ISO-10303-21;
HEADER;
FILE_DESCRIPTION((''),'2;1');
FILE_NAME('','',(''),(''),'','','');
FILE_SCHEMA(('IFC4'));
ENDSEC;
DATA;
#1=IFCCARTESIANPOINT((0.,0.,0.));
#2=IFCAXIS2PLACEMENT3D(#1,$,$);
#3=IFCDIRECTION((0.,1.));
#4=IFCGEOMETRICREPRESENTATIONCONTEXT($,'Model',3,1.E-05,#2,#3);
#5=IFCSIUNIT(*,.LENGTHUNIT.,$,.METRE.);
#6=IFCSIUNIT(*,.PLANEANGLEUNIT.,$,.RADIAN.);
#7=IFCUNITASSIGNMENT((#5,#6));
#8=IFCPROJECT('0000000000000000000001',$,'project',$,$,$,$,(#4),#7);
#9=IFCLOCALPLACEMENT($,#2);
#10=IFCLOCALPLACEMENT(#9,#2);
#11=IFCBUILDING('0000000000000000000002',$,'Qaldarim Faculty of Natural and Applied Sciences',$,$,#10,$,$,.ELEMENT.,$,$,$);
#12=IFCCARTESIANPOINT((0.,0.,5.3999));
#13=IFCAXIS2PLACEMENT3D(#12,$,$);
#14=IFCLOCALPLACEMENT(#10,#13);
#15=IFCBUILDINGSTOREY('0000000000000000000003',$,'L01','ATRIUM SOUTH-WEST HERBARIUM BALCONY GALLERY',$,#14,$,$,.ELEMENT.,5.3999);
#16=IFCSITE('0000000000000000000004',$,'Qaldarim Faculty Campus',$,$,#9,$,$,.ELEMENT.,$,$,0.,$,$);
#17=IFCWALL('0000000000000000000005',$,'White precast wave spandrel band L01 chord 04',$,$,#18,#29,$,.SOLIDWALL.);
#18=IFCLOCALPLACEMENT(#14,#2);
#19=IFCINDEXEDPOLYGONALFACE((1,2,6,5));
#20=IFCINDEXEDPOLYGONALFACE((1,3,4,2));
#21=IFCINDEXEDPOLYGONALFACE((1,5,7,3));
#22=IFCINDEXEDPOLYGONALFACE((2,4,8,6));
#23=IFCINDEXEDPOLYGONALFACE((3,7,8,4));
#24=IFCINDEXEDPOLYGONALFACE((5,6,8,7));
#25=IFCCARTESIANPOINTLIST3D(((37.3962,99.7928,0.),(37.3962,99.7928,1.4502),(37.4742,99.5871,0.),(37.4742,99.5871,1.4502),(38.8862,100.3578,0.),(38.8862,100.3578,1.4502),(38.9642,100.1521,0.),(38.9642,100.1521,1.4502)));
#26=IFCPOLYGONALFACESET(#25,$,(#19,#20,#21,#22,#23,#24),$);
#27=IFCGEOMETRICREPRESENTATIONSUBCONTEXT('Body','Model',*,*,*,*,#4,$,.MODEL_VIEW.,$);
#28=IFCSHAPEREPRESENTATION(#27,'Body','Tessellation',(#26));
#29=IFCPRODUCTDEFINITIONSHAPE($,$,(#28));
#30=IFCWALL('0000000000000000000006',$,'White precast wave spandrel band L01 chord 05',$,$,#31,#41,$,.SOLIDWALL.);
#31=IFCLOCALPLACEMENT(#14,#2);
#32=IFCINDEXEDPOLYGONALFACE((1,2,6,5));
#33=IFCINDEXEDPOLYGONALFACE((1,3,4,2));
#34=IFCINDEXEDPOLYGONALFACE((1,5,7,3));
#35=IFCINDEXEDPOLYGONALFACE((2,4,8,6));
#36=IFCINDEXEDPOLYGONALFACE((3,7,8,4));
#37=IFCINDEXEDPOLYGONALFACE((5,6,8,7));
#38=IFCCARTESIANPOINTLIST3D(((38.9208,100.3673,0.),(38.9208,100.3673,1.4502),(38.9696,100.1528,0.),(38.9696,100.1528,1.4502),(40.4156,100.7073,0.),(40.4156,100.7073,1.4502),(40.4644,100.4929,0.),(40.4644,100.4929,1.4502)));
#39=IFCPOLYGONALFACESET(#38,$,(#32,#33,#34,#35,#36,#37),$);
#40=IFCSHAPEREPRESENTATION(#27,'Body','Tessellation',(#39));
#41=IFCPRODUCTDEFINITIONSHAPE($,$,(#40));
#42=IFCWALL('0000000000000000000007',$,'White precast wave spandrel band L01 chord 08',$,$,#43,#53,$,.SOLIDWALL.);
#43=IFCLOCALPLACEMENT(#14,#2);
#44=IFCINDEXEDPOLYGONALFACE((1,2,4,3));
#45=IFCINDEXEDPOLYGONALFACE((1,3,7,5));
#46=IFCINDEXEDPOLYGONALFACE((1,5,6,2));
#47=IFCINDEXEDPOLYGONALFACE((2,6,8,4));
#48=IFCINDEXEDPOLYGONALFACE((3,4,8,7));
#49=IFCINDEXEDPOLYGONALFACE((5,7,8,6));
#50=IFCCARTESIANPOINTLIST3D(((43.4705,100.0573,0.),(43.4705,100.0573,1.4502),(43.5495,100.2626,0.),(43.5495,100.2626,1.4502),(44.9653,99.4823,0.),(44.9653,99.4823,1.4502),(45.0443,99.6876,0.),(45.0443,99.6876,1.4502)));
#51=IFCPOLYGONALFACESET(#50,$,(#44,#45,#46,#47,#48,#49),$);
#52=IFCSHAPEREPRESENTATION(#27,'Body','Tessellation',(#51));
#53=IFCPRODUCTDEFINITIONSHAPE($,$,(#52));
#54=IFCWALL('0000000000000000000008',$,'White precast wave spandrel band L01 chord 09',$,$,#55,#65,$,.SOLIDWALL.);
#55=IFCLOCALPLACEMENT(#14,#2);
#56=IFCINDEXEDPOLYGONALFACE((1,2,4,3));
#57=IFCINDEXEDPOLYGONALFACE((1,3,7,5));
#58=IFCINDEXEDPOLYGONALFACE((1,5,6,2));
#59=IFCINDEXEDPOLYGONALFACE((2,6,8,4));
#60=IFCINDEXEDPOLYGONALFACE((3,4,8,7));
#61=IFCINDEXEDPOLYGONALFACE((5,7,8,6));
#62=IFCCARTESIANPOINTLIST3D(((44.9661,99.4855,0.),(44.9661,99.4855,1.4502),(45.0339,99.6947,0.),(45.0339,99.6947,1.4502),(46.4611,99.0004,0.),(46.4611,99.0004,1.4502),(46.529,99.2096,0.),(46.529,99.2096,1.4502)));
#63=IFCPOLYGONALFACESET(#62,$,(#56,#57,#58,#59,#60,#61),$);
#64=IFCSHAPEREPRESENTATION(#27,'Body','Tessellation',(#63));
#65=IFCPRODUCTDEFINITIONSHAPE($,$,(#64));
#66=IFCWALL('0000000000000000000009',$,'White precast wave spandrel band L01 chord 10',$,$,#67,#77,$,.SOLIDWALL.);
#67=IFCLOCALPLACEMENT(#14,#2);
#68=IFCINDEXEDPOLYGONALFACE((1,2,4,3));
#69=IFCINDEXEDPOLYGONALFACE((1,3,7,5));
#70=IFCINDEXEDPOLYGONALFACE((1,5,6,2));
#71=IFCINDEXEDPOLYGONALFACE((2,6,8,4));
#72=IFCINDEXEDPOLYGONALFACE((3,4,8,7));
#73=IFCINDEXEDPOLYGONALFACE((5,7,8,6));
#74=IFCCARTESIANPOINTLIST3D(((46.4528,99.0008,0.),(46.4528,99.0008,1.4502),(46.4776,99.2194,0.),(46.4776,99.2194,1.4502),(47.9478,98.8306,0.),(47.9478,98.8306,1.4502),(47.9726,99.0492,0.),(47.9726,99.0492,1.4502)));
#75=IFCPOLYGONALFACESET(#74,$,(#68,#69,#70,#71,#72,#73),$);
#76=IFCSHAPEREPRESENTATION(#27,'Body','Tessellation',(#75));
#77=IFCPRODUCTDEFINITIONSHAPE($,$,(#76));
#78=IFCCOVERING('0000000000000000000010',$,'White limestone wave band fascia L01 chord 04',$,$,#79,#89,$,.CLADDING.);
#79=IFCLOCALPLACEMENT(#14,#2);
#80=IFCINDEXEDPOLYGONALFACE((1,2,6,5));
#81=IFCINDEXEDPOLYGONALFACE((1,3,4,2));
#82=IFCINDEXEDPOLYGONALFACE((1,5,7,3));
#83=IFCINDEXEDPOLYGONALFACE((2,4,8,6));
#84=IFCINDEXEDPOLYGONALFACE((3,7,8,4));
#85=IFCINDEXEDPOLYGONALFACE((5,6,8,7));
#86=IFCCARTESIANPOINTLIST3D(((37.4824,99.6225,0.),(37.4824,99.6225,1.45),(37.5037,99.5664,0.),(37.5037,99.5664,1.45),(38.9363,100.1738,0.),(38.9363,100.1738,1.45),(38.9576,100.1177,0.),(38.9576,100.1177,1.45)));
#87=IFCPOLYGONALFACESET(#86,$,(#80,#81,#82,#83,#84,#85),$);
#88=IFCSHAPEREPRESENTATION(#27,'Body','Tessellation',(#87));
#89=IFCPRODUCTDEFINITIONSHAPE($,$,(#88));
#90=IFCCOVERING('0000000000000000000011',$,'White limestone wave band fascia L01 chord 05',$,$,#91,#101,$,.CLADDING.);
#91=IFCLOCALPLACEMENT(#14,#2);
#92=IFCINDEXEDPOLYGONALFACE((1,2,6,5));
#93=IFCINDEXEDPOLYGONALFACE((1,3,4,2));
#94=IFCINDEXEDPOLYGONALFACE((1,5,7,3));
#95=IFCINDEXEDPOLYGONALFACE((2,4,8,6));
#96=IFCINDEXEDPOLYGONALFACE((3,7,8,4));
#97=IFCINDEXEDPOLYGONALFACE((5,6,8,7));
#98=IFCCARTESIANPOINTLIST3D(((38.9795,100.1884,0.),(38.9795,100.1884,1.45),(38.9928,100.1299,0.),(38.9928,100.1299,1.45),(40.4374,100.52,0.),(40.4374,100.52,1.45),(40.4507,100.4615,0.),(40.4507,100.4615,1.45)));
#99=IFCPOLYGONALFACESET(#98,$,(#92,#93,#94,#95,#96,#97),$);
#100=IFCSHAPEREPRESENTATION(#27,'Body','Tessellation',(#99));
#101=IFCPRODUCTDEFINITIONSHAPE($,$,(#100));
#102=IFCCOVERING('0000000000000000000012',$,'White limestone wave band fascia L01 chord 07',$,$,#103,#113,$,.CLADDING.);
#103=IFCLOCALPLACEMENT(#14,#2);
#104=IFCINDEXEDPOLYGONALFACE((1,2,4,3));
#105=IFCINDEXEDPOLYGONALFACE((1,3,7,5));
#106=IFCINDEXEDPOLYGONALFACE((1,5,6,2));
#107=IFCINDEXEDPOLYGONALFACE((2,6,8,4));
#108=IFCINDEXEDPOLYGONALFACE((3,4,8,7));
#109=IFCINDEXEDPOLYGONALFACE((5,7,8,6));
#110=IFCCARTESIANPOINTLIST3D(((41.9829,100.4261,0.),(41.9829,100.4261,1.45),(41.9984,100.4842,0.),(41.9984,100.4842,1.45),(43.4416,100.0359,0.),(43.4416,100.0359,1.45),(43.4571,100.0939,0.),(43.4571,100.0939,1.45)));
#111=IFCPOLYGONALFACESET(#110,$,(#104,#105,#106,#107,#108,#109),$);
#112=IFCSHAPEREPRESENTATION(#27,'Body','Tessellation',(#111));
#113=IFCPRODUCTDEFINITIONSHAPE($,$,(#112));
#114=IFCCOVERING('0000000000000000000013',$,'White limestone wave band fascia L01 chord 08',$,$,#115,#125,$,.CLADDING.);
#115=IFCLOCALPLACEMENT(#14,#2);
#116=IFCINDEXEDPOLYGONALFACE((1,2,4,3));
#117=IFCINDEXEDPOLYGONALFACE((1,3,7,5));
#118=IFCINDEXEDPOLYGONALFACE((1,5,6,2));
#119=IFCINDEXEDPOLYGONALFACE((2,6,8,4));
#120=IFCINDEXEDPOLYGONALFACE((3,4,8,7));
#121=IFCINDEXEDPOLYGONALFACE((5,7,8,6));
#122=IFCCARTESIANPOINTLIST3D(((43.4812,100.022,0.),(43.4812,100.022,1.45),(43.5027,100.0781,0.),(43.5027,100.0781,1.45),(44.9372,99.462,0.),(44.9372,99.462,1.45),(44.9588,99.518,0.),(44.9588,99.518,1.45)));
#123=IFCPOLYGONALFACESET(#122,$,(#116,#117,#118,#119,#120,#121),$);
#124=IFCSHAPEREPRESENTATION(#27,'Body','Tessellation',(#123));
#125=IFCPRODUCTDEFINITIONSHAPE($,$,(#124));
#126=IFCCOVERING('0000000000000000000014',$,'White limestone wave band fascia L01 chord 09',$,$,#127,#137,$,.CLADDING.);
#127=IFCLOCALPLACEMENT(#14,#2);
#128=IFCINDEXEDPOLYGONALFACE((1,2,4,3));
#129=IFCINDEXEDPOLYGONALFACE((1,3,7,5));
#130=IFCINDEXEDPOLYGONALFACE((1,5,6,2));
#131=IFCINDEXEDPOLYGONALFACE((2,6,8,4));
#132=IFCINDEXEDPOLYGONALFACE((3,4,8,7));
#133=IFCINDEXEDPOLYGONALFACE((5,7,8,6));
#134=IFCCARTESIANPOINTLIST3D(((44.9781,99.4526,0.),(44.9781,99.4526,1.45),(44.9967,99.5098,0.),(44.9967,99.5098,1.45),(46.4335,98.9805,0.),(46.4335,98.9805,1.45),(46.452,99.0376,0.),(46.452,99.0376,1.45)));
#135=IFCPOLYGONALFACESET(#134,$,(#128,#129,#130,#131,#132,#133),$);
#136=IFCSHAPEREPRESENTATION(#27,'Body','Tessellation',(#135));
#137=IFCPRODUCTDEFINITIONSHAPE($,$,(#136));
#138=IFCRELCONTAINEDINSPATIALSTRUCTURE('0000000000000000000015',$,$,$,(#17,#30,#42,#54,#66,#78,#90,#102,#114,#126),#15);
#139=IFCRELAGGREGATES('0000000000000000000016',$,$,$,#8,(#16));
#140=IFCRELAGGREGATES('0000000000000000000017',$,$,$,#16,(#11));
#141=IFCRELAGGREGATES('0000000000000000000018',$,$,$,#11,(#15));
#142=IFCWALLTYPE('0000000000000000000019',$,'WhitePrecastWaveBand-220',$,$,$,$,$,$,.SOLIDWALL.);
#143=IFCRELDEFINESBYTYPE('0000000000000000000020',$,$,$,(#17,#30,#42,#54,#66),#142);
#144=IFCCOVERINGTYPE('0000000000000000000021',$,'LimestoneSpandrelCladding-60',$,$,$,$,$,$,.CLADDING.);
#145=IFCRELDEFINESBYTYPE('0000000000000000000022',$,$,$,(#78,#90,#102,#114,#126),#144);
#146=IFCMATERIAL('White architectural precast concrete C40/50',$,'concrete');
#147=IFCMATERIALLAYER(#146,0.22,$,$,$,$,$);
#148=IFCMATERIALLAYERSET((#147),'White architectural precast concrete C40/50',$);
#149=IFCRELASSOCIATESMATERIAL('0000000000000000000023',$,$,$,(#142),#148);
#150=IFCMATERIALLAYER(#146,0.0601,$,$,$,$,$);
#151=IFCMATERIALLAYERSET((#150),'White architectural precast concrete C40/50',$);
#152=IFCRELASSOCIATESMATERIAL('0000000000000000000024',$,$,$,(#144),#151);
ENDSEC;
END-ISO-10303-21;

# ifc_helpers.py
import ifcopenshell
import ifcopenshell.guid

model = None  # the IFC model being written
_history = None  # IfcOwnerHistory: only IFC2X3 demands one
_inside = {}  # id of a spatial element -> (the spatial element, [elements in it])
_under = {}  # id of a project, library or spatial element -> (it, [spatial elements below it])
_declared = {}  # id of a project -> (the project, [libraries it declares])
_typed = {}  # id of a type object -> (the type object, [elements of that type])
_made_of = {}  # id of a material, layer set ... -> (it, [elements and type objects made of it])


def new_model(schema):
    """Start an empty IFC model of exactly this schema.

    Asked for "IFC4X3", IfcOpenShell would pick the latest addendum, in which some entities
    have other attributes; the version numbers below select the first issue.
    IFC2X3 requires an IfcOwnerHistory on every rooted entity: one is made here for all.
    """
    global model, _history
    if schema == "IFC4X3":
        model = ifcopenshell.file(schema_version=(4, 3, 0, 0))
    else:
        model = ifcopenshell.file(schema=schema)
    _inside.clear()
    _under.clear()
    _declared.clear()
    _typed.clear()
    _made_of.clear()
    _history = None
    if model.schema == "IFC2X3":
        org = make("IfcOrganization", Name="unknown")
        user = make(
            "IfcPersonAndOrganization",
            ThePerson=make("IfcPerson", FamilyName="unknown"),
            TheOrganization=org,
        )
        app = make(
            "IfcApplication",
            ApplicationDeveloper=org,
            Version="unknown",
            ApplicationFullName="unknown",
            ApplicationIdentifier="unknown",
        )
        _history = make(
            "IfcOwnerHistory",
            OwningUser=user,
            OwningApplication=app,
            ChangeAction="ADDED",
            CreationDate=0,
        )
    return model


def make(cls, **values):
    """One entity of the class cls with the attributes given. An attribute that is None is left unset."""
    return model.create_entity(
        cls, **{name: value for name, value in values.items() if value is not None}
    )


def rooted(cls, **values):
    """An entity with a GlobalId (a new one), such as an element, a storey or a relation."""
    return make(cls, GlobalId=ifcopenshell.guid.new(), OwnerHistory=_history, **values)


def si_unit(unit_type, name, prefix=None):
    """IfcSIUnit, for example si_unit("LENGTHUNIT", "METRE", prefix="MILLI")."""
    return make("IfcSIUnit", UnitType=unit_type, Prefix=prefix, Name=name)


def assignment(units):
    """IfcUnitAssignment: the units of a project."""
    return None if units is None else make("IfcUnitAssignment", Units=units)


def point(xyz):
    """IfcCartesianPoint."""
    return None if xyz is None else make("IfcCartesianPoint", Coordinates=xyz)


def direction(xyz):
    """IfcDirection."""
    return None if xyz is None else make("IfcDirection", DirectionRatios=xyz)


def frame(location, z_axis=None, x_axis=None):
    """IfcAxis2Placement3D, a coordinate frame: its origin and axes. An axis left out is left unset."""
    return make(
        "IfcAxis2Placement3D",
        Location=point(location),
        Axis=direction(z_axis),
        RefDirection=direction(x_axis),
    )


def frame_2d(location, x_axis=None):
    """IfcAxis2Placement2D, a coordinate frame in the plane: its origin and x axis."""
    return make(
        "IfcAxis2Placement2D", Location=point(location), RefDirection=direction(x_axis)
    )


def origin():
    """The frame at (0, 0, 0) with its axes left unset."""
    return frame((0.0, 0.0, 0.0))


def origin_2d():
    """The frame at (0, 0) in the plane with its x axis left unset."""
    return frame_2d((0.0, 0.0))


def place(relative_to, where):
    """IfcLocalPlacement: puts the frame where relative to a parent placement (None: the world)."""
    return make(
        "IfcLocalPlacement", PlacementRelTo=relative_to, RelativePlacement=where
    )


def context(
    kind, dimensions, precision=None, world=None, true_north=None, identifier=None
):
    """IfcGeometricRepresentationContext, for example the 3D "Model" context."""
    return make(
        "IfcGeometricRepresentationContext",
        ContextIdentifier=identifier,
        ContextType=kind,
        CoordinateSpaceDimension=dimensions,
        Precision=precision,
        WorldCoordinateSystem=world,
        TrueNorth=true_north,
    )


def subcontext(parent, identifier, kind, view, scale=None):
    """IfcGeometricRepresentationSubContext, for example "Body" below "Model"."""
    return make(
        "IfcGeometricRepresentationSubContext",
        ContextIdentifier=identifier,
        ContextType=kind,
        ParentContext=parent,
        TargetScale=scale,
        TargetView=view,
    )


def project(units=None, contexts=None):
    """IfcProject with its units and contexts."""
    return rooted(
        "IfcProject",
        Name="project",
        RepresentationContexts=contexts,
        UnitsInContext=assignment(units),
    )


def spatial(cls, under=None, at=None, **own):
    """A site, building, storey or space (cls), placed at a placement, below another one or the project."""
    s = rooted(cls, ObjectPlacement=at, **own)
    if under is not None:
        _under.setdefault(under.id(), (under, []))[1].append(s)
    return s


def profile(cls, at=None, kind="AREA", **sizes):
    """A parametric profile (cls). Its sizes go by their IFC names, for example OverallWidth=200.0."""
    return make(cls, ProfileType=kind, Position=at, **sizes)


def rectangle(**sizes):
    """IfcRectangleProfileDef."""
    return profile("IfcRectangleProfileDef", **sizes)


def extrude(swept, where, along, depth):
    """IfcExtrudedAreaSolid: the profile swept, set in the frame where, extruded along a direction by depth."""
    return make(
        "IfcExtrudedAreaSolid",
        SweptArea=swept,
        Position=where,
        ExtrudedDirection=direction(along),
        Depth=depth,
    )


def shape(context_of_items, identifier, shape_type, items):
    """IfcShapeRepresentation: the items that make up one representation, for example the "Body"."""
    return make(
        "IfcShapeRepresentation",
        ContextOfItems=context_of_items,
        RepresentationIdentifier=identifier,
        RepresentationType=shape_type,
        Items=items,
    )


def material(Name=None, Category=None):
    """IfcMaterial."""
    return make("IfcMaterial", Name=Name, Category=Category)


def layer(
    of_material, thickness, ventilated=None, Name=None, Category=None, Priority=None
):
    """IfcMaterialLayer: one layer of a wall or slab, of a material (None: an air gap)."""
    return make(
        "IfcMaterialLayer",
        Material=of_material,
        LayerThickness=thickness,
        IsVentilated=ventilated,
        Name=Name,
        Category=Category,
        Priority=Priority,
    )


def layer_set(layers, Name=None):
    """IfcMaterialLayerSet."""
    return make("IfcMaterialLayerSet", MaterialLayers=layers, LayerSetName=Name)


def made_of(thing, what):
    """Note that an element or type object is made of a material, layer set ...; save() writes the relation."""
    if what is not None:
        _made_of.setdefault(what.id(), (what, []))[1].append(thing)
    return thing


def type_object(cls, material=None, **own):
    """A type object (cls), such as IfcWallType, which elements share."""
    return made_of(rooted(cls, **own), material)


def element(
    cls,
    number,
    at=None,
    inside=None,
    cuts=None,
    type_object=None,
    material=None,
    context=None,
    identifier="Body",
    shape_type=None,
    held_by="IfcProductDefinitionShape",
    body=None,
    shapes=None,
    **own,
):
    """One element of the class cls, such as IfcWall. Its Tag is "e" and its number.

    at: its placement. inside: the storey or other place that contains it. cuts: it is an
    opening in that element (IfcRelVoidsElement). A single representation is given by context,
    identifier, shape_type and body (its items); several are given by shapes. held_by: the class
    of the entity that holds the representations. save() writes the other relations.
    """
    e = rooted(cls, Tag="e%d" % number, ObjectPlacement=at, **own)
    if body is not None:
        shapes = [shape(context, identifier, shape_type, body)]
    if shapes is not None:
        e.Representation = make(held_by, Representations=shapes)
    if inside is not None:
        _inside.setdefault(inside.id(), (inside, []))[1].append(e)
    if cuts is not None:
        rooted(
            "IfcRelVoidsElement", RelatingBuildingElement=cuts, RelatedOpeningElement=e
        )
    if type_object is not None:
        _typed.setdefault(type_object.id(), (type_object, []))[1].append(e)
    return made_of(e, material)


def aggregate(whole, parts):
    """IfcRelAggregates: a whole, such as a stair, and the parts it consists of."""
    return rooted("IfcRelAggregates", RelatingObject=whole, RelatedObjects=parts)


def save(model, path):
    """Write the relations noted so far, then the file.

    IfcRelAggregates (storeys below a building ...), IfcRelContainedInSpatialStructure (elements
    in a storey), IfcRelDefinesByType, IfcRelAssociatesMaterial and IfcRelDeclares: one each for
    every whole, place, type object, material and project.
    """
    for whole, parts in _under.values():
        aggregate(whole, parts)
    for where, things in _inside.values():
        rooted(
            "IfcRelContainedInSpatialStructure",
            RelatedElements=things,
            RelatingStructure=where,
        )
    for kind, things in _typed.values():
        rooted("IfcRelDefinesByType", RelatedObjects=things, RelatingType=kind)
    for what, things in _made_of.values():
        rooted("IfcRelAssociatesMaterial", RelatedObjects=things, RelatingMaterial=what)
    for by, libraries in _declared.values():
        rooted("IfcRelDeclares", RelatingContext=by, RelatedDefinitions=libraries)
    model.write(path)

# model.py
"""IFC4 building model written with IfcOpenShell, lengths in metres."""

from ifc_helpers import new_model, si_unit, direction, frame, frame_2d, origin, origin_2d, place, context, subcontext, project, spatial, rectangle, extrude, material, layer, layer_set, type_object, element, save


model = new_model("IFC4")

# Units and contexts
model_context = context("Model", 3, precision=1e-05, world=origin(), true_north=direction((0.0, 1.0)))
body_context = subcontext(model_context, "Body", "Model", "MODEL_VIEW")
ifc_project = project(units=[si_unit("LENGTHUNIT", "METRE"), si_unit("PLANEANGLEUNIT", "RADIAN")], contexts=[model_context])

# Site, building, storey
site_placement = place(None, origin())
site = spatial("IfcSite", under=ifc_project, at=site_placement, Name="Qaldarim Faculty Campus", CompositionType="ELEMENT", RefElevation=0.0)
building_placement = place(site_placement, origin())
building = spatial("IfcBuilding", under=site, at=building_placement, Name="Qaldarim Faculty of Natural and Applied Sciences", CompositionType="ELEMENT")
storey_placement = place(building_placement, frame((0.0, 0.0, 5.3999)))
storey = spatial("IfcBuildingStorey", under=building, at=storey_placement, Name="L01", Description="ATRIUM SOUTH-WEST HERBARIUM BALCONY GALLERY", CompositionType="ELEMENT", Elevation=5.3999)

# Walls
ifc_material_1 = material(Name="White architectural precast concrete C40/50", Category="concrete")
ifc_layer_1 = layer(ifc_material_1, 0.22)
ifc_layer_set_1 = layer_set([ifc_layer_1], Name="White architectural precast concrete C40/50")
wall_type_1 = type_object("IfcWallType", Name="WhitePrecastWaveBand-220", PredefinedType="SOLIDWALL", material=ifc_layer_set_1)
wall_1_placement = place(storey_placement, frame((37.4351, 99.6899, 0.0), z_axis=(0.0, 0.0, 1.0), x_axis=(0.935045, 0.35453, 0.0)))
element("IfcWall", 1, at=wall_1_placement, inside=storey, type_object=wall_type_1, Name="White precast wave spandrel band L01 chord 04", PredefinedType="SOLIDWALL", context=body_context, shape_type="SweptSolid", body=[
    extrude(rectangle(XDim=1.5935, YDim=0.22, at=frame_2d((0.7969, 0.0))), origin(), (0.0, 0.0, 1.0), 1.4502),
])
wall_2_placement = place(storey_placement, frame((38.9451, 100.26, 0.0), z_axis=(0.0, 0.0, 1.0), x_axis=(0.975084, 0.221834, 0.0)))
element("IfcWall", 2, at=wall_2_placement, inside=storey, type_object=wall_type_1, Name="White precast wave spandrel band L01 chord 05", PredefinedType="SOLIDWALL", context=body_context, shape_type="SweptSolid", body=[
    extrude(rectangle(XDim=1.533, YDim=0.22, at=frame_2d((0.7666, 0.0))), origin(), (0.0, 0.0, 1.0), 1.4502),
])
wall_3_placement = place(storey_placement, frame((43.51, 100.1599, 0.0), z_axis=(0.0, 0.0, 1.0), x_axis=(0.933346, -0.358979, 0.0)))
element("IfcWall", 3, at=wall_3_placement, inside=storey, type_object=wall_type_1, Name="White precast wave spandrel band L01 chord 08", PredefinedType="SOLIDWALL", context=body_context, shape_type="SweptSolid", body=[
    extrude(rectangle(XDim=1.6016, YDim=0.22, at=frame_2d((0.8008, 0.0))), origin(), (0.0, 0.0, 1.0), 1.4502),
])
wall_4_placement = place(storey_placement, frame((45.0, 99.5901, 0.0), z_axis=(0.0, 0.0, 1.0), x_axis=(0.951185, -0.308622, 0.0)))
element("IfcWall", 4, at=wall_4_placement, inside=storey, type_object=wall_type_1, Name="White precast wave spandrel band L01 chord 09", PredefinedType="SOLIDWALL", context=body_context, shape_type="SweptSolid", body=[
    extrude(rectangle(XDim=1.5718, YDim=0.22, at=frame_2d((0.7859, 0.0))), origin(), (0.0, 0.0, 1.0), 1.4502),
])
wall_5_placement = place(storey_placement, frame((46.4651, 99.1101, 0.0), z_axis=(0.0, 0.0, 1.0), x_axis=(0.993583, -0.113103, 0.0)))
element("IfcWall", 5, at=wall_5_placement, inside=storey, type_object=wall_type_1, Name="White precast wave spandrel band L01 chord 10", PredefinedType="SOLIDWALL", context=body_context, shape_type="SweptSolid", body=[
    extrude(rectangle(XDim=1.5046, YDim=0.22, at=frame_2d((0.7524, 0.0))), origin(), (0.0, 0.0, 1.0), 1.4502),
])

# Coverings
ifc_layer_2 = layer(ifc_material_1, 0.0601)
ifc_layer_set_2 = layer_set([ifc_layer_2], Name="White architectural precast concrete C40/50")
covering_type = type_object("IfcCoveringType", Name="LimestoneSpandrelCladding-60", PredefinedType="CLADDING", material=ifc_layer_set_2)
covering_1_placement = place(storey_placement, frame((38.22, 99.8701, 0.0), z_axis=(0.0, 0.0, 1.0), x_axis=(0.935036, 0.354552, 0.0)))
element("IfcCovering", 6, at=covering_1_placement, inside=storey, type_object=covering_type, Name="White limestone wave band fascia L01 chord 04", PredefinedType="CLADDING", context=body_context, shape_type="SweptSolid", body=[
    extrude(rectangle(XDim=1.5549, YDim=0.0601, at=origin_2d()), origin(), (0.0, 0.0, 1.0), 1.45),
])
covering_2_placement = place(storey_placement, frame((39.7151, 100.325, 0.0), z_axis=(0.0, 0.0, 1.0), x_axis=(0.975099, 0.22177, 0.0)))
element("IfcCovering", 7, at=covering_2_placement, inside=storey, type_object=covering_type, Name="White limestone wave band fascia L01 chord 05", PredefinedType="CLADDING", context=body_context, shape_type="SweptSolid", body=[
    extrude(rectangle(XDim=1.4951, YDim=0.0601, at=origin_2d()), origin(), (0.0, 0.0, 1.0), 1.45),
])
covering_3_placement = place(storey_placement, frame((42.72, 100.26, 0.0), z_axis=(0.0, 0.0, 1.0), x_axis=(0.966021, -0.258465, 0.0)))
element("IfcCovering", 8, at=covering_3_placement, inside=storey, type_object=covering_type, Name="White limestone wave band fascia L01 chord 07", PredefinedType="CLADDING", context=body_context, shape_type="SweptSolid", body=[
    extrude(rectangle(XDim=1.51, YDim=0.0601, at=origin_2d()), origin(), (0.0, 0.0, 1.0), 1.45),
])
covering_4_placement = place(storey_placement, frame((44.22, 99.77, 0.0), z_axis=(0.0, 0.0, 1.0), x_axis=(0.933343, -0.358987, 0.0)))
element("IfcCovering", 9, at=covering_4_placement, inside=storey, type_object=covering_type, Name="White limestone wave band fascia L01 chord 08", PredefinedType="CLADDING", context=body_context, shape_type="SweptSolid", body=[
    extrude(rectangle(XDim=1.5601, YDim=0.0601, at=origin_2d()), origin(), (0.0, 0.0, 1.0), 1.45),
])
covering_5_placement = place(storey_placement, frame((45.7151, 99.2451, 0.0), z_axis=(0.0, 0.0, 1.0), x_axis=(0.951197, -0.308585, 0.0)))
element("IfcCovering", 10, at=covering_5_placement, inside=storey, type_object=covering_type, Name="White limestone wave band fascia L01 chord 09", PredefinedType="CLADDING", context=body_context, shape_type="SweptSolid", body=[
    extrude(rectangle(XDim=1.53, YDim=0.0601, at=origin_2d()), origin(), (0.0, 0.0, 1.0), 1.45),
])

save(model, "model.ifc")
